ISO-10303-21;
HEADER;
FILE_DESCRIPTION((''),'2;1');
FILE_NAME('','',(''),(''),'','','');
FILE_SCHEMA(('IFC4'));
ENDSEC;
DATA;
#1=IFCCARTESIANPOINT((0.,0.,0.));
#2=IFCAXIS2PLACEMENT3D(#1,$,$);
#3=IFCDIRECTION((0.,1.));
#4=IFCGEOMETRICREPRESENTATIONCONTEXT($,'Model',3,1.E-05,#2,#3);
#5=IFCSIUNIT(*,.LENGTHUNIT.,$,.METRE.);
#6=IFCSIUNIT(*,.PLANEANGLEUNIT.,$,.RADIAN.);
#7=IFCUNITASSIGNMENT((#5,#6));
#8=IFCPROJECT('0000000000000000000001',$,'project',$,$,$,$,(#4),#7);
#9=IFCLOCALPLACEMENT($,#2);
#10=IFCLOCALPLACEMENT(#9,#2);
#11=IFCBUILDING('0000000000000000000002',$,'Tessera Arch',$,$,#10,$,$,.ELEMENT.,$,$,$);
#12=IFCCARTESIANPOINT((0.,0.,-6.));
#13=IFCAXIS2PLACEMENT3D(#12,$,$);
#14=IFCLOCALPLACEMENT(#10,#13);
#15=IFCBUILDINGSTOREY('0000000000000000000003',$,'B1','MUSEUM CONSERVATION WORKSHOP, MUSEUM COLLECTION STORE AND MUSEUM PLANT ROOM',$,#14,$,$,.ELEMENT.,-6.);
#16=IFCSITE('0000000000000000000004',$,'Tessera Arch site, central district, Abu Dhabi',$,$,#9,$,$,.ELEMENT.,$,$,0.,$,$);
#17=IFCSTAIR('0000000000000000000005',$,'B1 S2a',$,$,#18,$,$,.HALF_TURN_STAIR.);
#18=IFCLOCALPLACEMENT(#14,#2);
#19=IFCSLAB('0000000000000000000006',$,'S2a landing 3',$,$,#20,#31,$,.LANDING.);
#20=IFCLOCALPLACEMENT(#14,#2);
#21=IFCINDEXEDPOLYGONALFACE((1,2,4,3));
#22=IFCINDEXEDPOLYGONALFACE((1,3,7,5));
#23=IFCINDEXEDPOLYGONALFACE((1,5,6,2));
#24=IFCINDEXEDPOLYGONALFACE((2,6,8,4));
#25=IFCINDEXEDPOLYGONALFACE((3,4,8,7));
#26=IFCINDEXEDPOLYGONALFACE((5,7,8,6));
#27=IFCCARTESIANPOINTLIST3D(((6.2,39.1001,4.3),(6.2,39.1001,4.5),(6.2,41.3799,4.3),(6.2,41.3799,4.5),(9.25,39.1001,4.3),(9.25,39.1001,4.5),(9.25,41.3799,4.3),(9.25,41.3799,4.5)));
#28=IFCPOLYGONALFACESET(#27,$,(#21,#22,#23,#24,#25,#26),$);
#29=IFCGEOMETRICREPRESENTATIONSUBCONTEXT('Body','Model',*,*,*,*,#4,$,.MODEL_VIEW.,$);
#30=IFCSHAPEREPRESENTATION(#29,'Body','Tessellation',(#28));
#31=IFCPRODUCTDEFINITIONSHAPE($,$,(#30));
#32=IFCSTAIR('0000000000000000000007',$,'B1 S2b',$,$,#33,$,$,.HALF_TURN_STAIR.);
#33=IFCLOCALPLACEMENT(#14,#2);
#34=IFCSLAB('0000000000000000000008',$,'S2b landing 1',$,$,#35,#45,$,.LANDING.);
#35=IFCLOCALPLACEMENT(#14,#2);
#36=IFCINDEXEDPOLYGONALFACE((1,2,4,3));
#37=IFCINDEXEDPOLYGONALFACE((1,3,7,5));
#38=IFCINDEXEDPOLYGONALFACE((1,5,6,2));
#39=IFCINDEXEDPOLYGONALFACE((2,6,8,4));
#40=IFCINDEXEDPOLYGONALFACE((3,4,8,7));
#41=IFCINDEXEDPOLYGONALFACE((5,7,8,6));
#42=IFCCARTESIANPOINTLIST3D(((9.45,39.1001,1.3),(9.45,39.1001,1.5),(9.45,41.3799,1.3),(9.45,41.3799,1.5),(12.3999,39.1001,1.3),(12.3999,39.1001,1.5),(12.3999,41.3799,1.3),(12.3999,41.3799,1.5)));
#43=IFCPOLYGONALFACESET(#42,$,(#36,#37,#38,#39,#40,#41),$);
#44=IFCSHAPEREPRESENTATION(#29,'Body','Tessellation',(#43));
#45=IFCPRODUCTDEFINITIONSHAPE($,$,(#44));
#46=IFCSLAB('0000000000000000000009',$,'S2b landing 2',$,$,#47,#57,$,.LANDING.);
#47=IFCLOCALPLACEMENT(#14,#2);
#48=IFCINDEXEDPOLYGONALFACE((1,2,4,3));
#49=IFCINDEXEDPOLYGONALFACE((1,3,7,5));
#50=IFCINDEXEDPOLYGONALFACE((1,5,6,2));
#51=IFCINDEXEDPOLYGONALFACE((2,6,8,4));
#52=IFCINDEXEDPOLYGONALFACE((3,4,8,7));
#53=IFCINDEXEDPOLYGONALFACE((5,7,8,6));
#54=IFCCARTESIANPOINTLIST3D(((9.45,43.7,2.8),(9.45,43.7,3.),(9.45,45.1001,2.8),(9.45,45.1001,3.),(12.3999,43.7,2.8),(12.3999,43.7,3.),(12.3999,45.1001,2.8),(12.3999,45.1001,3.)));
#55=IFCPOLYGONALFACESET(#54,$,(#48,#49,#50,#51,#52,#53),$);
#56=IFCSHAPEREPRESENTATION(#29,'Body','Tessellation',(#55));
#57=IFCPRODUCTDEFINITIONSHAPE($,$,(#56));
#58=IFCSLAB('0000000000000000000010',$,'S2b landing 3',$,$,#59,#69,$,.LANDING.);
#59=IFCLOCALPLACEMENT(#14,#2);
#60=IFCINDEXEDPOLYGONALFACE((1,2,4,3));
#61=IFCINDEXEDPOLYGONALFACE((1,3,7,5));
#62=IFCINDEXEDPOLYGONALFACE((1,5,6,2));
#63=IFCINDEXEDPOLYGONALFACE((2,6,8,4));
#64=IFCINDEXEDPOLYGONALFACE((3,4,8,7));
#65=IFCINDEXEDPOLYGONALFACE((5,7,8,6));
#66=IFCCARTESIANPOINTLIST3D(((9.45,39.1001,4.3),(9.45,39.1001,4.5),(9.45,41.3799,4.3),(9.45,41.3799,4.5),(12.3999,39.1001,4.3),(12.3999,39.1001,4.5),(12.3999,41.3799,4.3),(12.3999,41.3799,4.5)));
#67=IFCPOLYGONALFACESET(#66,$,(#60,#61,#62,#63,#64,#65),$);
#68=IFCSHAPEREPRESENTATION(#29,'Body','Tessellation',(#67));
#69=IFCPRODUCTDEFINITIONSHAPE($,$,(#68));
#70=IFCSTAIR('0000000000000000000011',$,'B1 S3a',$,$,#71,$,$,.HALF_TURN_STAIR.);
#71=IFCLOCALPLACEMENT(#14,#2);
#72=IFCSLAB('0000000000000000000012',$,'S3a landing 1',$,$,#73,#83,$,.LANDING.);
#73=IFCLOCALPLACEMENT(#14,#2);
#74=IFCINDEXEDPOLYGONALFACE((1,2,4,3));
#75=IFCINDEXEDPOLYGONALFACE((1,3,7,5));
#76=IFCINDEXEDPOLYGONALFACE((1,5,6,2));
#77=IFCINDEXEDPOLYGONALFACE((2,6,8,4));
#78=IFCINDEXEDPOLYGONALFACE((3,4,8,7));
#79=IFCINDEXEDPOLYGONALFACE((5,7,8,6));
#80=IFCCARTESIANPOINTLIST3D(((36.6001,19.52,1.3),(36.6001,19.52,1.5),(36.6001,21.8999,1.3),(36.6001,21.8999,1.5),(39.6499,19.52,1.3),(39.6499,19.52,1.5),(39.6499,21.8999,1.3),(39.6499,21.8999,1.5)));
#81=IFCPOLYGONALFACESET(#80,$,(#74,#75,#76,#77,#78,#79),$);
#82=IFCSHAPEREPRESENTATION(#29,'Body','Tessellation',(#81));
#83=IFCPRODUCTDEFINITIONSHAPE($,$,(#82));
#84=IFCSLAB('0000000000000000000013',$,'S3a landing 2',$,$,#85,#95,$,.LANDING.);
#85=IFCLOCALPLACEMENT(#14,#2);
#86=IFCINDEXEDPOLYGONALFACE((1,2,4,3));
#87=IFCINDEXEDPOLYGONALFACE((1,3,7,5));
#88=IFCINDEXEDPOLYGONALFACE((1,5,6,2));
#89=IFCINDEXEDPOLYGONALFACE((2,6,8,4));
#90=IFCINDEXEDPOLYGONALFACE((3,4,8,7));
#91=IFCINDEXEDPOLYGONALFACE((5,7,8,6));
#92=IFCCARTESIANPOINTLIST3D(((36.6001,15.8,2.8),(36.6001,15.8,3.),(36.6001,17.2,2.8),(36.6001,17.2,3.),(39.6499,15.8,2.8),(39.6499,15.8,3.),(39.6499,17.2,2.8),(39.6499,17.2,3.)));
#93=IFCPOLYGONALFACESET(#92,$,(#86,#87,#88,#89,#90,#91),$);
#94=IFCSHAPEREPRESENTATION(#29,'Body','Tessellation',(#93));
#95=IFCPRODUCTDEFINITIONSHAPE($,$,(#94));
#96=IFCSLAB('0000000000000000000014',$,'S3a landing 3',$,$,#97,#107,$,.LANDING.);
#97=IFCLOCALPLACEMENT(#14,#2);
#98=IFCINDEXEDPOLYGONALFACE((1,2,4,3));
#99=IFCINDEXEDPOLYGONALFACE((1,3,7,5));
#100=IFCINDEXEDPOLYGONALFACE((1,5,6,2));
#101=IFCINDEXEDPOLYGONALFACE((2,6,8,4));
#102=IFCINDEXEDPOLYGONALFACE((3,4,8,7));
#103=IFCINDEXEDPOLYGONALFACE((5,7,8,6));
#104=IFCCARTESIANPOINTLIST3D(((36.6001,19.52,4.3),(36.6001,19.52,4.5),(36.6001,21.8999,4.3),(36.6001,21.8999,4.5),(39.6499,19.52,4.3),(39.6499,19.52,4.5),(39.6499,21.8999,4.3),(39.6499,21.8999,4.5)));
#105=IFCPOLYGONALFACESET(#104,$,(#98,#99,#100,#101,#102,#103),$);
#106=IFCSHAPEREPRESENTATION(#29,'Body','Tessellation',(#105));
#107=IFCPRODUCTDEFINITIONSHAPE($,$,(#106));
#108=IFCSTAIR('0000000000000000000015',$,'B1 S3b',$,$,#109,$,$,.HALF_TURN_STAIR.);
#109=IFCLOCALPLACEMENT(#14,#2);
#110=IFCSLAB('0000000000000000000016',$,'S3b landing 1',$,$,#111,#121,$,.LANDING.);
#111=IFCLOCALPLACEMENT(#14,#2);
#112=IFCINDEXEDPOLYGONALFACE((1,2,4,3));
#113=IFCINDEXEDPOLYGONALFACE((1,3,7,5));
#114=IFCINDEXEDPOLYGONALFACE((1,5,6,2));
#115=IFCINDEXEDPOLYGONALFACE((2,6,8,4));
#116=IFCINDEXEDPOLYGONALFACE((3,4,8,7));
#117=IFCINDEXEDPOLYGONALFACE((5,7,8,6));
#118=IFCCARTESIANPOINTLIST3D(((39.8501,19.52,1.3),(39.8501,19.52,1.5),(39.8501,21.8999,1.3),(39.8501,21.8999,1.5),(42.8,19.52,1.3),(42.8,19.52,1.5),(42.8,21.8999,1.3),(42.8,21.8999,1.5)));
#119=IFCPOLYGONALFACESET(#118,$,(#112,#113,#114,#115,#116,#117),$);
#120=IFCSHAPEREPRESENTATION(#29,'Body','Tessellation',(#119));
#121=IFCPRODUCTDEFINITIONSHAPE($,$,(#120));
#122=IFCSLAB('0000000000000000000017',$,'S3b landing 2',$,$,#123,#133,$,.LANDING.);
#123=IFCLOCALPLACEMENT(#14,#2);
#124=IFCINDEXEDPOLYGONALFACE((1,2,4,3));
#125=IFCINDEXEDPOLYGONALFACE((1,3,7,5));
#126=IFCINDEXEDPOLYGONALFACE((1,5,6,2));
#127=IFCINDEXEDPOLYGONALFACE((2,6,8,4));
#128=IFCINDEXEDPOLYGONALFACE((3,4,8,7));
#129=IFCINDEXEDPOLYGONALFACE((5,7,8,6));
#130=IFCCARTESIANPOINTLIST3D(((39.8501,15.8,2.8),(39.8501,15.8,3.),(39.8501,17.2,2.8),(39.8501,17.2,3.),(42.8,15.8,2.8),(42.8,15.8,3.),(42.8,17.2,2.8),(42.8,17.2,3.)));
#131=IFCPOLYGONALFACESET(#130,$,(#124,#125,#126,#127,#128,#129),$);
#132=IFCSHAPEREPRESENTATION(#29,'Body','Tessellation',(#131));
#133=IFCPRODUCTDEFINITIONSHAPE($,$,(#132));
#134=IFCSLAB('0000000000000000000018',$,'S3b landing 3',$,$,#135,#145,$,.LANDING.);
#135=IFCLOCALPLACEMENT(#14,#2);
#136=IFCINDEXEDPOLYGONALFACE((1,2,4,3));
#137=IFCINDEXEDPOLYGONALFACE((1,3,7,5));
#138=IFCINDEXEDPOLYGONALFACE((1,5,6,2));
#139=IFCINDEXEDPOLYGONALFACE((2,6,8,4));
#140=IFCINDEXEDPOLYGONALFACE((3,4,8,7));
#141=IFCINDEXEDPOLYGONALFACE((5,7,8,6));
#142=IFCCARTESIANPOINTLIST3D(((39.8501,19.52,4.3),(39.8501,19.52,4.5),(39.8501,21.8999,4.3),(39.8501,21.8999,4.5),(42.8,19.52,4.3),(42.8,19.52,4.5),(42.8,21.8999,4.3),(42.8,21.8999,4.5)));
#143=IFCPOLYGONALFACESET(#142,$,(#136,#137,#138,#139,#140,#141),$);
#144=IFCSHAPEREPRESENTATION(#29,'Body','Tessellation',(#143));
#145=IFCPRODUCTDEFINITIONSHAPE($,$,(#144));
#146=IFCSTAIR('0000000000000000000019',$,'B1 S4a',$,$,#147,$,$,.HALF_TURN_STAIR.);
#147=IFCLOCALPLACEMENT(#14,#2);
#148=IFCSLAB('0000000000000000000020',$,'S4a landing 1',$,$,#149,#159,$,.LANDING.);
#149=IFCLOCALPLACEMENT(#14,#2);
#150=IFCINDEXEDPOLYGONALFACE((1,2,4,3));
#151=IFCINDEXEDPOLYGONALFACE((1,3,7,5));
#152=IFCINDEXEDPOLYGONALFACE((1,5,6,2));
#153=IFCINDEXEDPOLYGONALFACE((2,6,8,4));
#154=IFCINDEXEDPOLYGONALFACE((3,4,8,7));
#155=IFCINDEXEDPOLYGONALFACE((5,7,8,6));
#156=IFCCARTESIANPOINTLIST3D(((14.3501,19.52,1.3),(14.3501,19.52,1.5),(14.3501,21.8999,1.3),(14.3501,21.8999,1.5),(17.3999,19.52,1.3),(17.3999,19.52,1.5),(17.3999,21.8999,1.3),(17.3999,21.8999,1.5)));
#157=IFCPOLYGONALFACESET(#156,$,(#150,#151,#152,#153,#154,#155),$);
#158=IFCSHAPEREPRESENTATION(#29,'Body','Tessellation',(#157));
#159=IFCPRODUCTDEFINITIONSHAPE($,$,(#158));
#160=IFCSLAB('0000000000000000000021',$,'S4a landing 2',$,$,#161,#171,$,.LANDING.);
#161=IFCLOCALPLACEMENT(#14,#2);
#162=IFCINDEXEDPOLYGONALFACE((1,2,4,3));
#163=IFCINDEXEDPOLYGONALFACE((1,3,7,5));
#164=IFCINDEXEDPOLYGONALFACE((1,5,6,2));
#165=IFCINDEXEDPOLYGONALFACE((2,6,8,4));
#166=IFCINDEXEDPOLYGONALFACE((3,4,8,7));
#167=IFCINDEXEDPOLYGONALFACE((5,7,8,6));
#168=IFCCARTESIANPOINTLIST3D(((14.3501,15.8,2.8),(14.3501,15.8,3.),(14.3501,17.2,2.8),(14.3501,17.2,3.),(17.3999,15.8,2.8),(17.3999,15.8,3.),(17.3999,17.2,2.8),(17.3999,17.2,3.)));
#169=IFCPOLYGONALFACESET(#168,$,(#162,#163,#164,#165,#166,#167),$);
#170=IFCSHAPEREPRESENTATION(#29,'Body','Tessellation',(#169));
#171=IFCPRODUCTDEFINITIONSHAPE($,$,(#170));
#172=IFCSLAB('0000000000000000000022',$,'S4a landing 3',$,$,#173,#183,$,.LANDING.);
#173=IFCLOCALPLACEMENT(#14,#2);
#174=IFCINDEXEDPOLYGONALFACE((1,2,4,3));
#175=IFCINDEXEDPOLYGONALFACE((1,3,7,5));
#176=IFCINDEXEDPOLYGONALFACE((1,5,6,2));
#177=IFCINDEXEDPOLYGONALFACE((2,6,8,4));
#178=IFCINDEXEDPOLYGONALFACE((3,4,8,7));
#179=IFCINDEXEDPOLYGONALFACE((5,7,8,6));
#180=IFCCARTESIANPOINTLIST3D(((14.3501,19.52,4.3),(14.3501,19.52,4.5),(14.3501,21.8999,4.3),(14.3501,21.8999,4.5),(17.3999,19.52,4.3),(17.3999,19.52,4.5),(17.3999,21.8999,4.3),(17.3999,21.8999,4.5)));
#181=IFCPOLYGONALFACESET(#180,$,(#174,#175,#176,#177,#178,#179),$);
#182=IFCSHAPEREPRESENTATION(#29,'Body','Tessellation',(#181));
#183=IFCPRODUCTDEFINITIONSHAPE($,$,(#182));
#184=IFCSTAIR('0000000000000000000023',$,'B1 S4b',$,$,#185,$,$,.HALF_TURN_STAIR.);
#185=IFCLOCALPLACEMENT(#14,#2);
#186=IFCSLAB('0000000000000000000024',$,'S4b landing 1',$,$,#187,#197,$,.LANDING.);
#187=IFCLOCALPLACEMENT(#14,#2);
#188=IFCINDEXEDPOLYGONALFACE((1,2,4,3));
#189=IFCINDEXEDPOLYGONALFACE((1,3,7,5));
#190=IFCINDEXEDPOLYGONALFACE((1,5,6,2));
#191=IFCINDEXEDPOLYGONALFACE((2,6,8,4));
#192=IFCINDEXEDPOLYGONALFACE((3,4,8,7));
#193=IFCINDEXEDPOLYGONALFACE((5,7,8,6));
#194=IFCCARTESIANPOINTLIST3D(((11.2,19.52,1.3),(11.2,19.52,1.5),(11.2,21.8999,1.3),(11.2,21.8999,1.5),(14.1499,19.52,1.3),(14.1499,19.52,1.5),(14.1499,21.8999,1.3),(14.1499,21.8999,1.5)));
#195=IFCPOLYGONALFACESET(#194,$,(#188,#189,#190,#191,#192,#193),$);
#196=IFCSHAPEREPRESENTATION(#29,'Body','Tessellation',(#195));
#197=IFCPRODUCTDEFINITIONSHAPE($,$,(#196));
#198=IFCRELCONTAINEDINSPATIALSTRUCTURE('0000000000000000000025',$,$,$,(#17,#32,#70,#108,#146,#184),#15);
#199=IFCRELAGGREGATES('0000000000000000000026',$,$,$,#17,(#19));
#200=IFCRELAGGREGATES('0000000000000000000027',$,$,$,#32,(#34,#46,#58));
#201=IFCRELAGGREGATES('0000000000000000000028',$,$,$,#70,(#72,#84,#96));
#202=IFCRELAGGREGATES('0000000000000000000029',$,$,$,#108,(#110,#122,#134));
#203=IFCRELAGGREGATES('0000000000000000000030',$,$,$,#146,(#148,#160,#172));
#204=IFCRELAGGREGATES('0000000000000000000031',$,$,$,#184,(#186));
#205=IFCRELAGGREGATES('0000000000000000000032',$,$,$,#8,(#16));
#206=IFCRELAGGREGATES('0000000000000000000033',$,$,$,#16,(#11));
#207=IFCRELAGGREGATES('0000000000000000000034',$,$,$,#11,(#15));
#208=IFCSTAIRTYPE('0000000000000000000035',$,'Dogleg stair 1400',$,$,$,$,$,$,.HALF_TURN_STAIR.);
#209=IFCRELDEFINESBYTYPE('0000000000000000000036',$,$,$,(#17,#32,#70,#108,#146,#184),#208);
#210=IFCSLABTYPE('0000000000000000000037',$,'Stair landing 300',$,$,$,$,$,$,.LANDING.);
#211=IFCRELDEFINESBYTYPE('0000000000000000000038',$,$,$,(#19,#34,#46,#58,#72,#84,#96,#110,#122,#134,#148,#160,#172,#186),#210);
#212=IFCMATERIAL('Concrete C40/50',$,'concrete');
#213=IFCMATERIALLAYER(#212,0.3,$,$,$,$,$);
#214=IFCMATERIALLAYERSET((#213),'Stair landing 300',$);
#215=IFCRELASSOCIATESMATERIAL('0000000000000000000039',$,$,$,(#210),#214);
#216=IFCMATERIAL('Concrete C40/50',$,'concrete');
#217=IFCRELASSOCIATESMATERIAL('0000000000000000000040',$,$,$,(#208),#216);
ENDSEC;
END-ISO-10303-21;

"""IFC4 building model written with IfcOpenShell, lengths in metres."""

from ifc_helpers import new_model, si_unit, direction, frame, origin, place, context, subcontext, project, spatial, polyline, outline, extrude, material, layer, layer_set, type_object, element, aggregate, save


model = new_model("IFC4")

# Units and contexts
model_context = context("Model", 3, precision=1e-05, world=origin(), true_north=direction((0.0, 1.0)))
body_context = subcontext(model_context, "Body", "Model", "MODEL_VIEW")
ifc_project = project(units=[si_unit("LENGTHUNIT", "METRE"), si_unit("PLANEANGLEUNIT", "RADIAN")], contexts=[model_context])

# Site, building, storey
site_placement = place(None, origin())
site = spatial("IfcSite", under=ifc_project, at=site_placement, Name="Tessera Arch site, central district, Abu Dhabi", CompositionType="ELEMENT", RefElevation=0.0)
building_placement = place(site_placement, origin())
building = spatial("IfcBuilding", under=site, at=building_placement, Name="Tessera Arch", CompositionType="ELEMENT")
storey_placement = place(building_placement, frame((0.0, 0.0, -6.0)))
storey = spatial("IfcBuildingStorey", under=building, at=storey_placement, Name="B1", Description="MUSEUM CONSERVATION WORKSHOP, MUSEUM COLLECTION STORE AND MUSEUM PLANT ROOM", CompositionType="ELEMENT", Elevation=-6.0)

# Stairs, slabs
ifc_material_1 = material(Name="Concrete C40/50", Category="concrete")
ifc_layer = layer(ifc_material_1, 0.3)
ifc_layer_set = layer_set([ifc_layer], Name="Stair landing 300")
slab_type = type_object("IfcSlabType", Name="Stair landing 300", PredefinedType="LANDING", material=ifc_layer_set)
ifc_material_2 = material(Name="Concrete C40/50", Category="concrete")
stair_type_1 = type_object("IfcStairType", Name="Dogleg stair 1400", PredefinedType="HALF_TURN_STAIR", material=ifc_material_2)
stair_1_placement = place(storey_placement, origin())
stair_1 = element("IfcStair", 1, at=stair_1_placement, inside=storey, type_object=stair_type_1, Name="B1 S2a", PredefinedType="HALF_TURN_STAIR")
slab_1_placement = place(storey_placement, frame((0.0, 0.0, 4.3)))
slab_1 = element("IfcSlab", 2, at=slab_1_placement, type_object=slab_type, Name="S2a landing 3", PredefinedType="LANDING", context=body_context, shape_type="SweptSolid", body=[
    extrude(outline(polyline([(6.2, 41.3799), (6.2, 39.1001), (9.25, 39.1001), (9.25, 41.3799), (6.2, 41.3799)])), origin(), (0.0, 0.0, 1.0), 0.2),
])
aggregate(stair_1, [slab_1])
stair_2_placement = place(storey_placement, origin())
stair_2 = element("IfcStair", 3, at=stair_2_placement, inside=storey, type_object=stair_type_1, Name="B1 S2b", PredefinedType="HALF_TURN_STAIR")
slab_2_placement = place(storey_placement, frame((0.0, 0.0, 1.3)))
slab_2 = element("IfcSlab", 4, at=slab_2_placement, type_object=slab_type, Name="S2b landing 1", PredefinedType="LANDING", context=body_context, shape_type="SweptSolid", body=[
    extrude(outline(polyline([(9.45, 41.3799), (9.45, 39.1001), (12.3999, 39.1001), (12.3999, 41.3799), (9.45, 41.3799)])), origin(), (0.0, 0.0, 1.0), 0.2),
])
slab_3_placement = place(storey_placement, frame((0.0, 0.0, 2.8)))
slab_3 = element("IfcSlab", 5, at=slab_3_placement, type_object=slab_type, Name="S2b landing 2", PredefinedType="LANDING", context=body_context, shape_type="SweptSolid", body=[
    extrude(outline(polyline([(9.45, 45.1001), (9.45, 43.7), (12.3999, 43.7), (12.3999, 45.1001), (9.45, 45.1001)])), origin(), (0.0, 0.0, 1.0), 0.2),
])
slab_4_placement = place(storey_placement, frame((0.0, 0.0, 4.3)))
slab_4 = element("IfcSlab", 6, at=slab_4_placement, type_object=slab_type, Name="S2b landing 3", PredefinedType="LANDING", context=body_context, shape_type="SweptSolid", body=[
    extrude(outline(polyline([(9.45, 41.3799), (9.45, 39.1001), (12.3999, 39.1001), (12.3999, 41.3799), (9.45, 41.3799)])), origin(), (0.0, 0.0, 1.0), 0.2),
])
aggregate(stair_2, [slab_2, slab_3, slab_4])
stair_3_placement = place(storey_placement, origin())
stair_3 = element("IfcStair", 7, at=stair_3_placement, inside=storey, type_object=stair_type_1, Name="B1 S3a", PredefinedType="HALF_TURN_STAIR")
slab_5_placement = place(storey_placement, frame((0.0, 0.0, 1.3)))
slab_5 = element("IfcSlab", 8, at=slab_5_placement, type_object=slab_type, Name="S3a landing 1", PredefinedType="LANDING", context=body_context, shape_type="SweptSolid", body=[
    extrude(outline(polyline([(39.6499, 19.52), (39.6499, 21.8999), (36.6001, 21.8999), (36.6001, 19.52), (39.6499, 19.52)])), origin(), (0.0, 0.0, 1.0), 0.2),
])
slab_6_placement = place(storey_placement, frame((0.0, 0.0, 2.8)))
slab_6 = element("IfcSlab", 9, at=slab_6_placement, type_object=slab_type, Name="S3a landing 2", PredefinedType="LANDING", context=body_context, shape_type="SweptSolid", body=[
    extrude(outline(polyline([(39.6499, 15.8), (39.6499, 17.2), (36.6001, 17.2), (36.6001, 15.8), (39.6499, 15.8)])), origin(), (0.0, 0.0, 1.0), 0.2),
])
slab_7_placement = place(storey_placement, frame((0.0, 0.0, 4.3)))
slab_7 = element("IfcSlab", 10, at=slab_7_placement, type_object=slab_type, Name="S3a landing 3", PredefinedType="LANDING", context=body_context, shape_type="SweptSolid", body=[
    extrude(outline(polyline([(39.6499, 19.52), (39.6499, 21.8999), (36.6001, 21.8999), (36.6001, 19.52), (39.6499, 19.52)])), origin(), (0.0, 0.0, 1.0), 0.2),
])
aggregate(stair_3, [slab_5, slab_6, slab_7])
stair_4_placement = place(storey_placement, origin())
stair_4 = element("IfcStair", 11, at=stair_4_placement, inside=storey, type_object=stair_type_1, Name="B1 S3b", PredefinedType="HALF_TURN_STAIR")
slab_8_placement = place(storey_placement, frame((0.0, 0.0, 1.3)))
slab_8 = element("IfcSlab", 12, at=slab_8_placement, type_object=slab_type, Name="S3b landing 1", PredefinedType="LANDING", context=body_context, shape_type="SweptSolid", body=[
    extrude(outline(polyline([(42.8, 19.52), (42.8, 21.8999), (39.8501, 21.8999), (39.8501, 19.52), (42.8, 19.52)])), origin(), (0.0, 0.0, 1.0), 0.2),
])
slab_9_placement = place(storey_placement, frame((0.0, 0.0, 2.8)))
slab_9 = element("IfcSlab", 13, at=slab_9_placement, type_object=slab_type, Name="S3b landing 2", PredefinedType="LANDING", context=body_context, shape_type="SweptSolid", body=[
    extrude(outline(polyline([(42.8, 15.8), (42.8, 17.2), (39.8501, 17.2), (39.8501, 15.8), (42.8, 15.8)])), origin(), (0.0, 0.0, 1.0), 0.2),
])
slab_10_placement = place(storey_placement, frame((0.0, 0.0, 4.3)))
slab_10 = element("IfcSlab", 14, at=slab_10_placement, type_object=slab_type, Name="S3b landing 3", PredefinedType="LANDING", context=body_context, shape_type="SweptSolid", body=[
    extrude(outline(polyline([(42.8, 19.52), (42.8, 21.8999), (39.8501, 21.8999), (39.8501, 19.52), (42.8, 19.52)])), origin(), (0.0, 0.0, 1.0), 0.2),
])
aggregate(stair_4, [slab_8, slab_9, slab_10])
stair_5_placement = place(storey_placement, origin())
stair_5 = element("IfcStair", 15, at=stair_5_placement, inside=storey, type_object=stair_type_1, Name="B1 S4a", PredefinedType="HALF_TURN_STAIR")
slab_11_placement = place(storey_placement, frame((0.0, 0.0, 1.3)))
slab_11 = element("IfcSlab", 16, at=slab_11_placement, type_object=slab_type, Name="S4a landing 1", PredefinedType="LANDING", context=body_context, shape_type="SweptSolid", body=[
    extrude(outline(polyline([(17.3999, 19.52), (17.3999, 21.8999), (14.3501, 21.8999), (14.3501, 19.52), (17.3999, 19.52)])), origin(), (0.0, 0.0, 1.0), 0.2),
])
slab_12_placement = place(storey_placement, frame((0.0, 0.0, 2.8)))
slab_12 = element("IfcSlab", 17, at=slab_12_placement, type_object=slab_type, Name="S4a landing 2", PredefinedType="LANDING", context=body_context, shape_type="SweptSolid", body=[
    extrude(outline(polyline([(17.3999, 15.8), (17.3999, 17.2), (14.3501, 17.2), (14.3501, 15.8), (17.3999, 15.8)])), origin(), (0.0, 0.0, 1.0), 0.2),
])
slab_13_placement = place(storey_placement, frame((0.0, 0.0, 4.3)))
slab_13 = element("IfcSlab", 18, at=slab_13_placement, type_object=slab_type, Name="S4a landing 3", PredefinedType="LANDING", context=body_context, shape_type="SweptSolid", body=[
    extrude(outline(polyline([(17.3999, 19.52), (17.3999, 21.8999), (14.3501, 21.8999), (14.3501, 19.52), (17.3999, 19.52)])), origin(), (0.0, 0.0, 1.0), 0.2),
])
aggregate(stair_5, [slab_11, slab_12, slab_13])

# Stair, slab
stair_6_placement = place(storey_placement, origin())
stair_6 = element("IfcStair", 19, at=stair_6_placement, inside=storey, type_object=stair_type_1, Name="B1 S4b", PredefinedType="HALF_TURN_STAIR")
slab_14_placement = place(storey_placement, frame((0.0, 0.0, 1.3)))
slab_14 = element("IfcSlab", 20, at=slab_14_placement, type_object=slab_type, Name="S4b landing 1", PredefinedType="LANDING", context=body_context, shape_type="SweptSolid", body=[
    extrude(outline(polyline([(14.1499, 19.52), (14.1499, 21.8999), (11.2, 21.8999), (11.2, 19.52), (14.1499, 19.52)])), origin(), (0.0, 0.0, 1.0), 0.2),
])
aggregate(stair_6, [slab_14])

save(model, "model.ifc")
